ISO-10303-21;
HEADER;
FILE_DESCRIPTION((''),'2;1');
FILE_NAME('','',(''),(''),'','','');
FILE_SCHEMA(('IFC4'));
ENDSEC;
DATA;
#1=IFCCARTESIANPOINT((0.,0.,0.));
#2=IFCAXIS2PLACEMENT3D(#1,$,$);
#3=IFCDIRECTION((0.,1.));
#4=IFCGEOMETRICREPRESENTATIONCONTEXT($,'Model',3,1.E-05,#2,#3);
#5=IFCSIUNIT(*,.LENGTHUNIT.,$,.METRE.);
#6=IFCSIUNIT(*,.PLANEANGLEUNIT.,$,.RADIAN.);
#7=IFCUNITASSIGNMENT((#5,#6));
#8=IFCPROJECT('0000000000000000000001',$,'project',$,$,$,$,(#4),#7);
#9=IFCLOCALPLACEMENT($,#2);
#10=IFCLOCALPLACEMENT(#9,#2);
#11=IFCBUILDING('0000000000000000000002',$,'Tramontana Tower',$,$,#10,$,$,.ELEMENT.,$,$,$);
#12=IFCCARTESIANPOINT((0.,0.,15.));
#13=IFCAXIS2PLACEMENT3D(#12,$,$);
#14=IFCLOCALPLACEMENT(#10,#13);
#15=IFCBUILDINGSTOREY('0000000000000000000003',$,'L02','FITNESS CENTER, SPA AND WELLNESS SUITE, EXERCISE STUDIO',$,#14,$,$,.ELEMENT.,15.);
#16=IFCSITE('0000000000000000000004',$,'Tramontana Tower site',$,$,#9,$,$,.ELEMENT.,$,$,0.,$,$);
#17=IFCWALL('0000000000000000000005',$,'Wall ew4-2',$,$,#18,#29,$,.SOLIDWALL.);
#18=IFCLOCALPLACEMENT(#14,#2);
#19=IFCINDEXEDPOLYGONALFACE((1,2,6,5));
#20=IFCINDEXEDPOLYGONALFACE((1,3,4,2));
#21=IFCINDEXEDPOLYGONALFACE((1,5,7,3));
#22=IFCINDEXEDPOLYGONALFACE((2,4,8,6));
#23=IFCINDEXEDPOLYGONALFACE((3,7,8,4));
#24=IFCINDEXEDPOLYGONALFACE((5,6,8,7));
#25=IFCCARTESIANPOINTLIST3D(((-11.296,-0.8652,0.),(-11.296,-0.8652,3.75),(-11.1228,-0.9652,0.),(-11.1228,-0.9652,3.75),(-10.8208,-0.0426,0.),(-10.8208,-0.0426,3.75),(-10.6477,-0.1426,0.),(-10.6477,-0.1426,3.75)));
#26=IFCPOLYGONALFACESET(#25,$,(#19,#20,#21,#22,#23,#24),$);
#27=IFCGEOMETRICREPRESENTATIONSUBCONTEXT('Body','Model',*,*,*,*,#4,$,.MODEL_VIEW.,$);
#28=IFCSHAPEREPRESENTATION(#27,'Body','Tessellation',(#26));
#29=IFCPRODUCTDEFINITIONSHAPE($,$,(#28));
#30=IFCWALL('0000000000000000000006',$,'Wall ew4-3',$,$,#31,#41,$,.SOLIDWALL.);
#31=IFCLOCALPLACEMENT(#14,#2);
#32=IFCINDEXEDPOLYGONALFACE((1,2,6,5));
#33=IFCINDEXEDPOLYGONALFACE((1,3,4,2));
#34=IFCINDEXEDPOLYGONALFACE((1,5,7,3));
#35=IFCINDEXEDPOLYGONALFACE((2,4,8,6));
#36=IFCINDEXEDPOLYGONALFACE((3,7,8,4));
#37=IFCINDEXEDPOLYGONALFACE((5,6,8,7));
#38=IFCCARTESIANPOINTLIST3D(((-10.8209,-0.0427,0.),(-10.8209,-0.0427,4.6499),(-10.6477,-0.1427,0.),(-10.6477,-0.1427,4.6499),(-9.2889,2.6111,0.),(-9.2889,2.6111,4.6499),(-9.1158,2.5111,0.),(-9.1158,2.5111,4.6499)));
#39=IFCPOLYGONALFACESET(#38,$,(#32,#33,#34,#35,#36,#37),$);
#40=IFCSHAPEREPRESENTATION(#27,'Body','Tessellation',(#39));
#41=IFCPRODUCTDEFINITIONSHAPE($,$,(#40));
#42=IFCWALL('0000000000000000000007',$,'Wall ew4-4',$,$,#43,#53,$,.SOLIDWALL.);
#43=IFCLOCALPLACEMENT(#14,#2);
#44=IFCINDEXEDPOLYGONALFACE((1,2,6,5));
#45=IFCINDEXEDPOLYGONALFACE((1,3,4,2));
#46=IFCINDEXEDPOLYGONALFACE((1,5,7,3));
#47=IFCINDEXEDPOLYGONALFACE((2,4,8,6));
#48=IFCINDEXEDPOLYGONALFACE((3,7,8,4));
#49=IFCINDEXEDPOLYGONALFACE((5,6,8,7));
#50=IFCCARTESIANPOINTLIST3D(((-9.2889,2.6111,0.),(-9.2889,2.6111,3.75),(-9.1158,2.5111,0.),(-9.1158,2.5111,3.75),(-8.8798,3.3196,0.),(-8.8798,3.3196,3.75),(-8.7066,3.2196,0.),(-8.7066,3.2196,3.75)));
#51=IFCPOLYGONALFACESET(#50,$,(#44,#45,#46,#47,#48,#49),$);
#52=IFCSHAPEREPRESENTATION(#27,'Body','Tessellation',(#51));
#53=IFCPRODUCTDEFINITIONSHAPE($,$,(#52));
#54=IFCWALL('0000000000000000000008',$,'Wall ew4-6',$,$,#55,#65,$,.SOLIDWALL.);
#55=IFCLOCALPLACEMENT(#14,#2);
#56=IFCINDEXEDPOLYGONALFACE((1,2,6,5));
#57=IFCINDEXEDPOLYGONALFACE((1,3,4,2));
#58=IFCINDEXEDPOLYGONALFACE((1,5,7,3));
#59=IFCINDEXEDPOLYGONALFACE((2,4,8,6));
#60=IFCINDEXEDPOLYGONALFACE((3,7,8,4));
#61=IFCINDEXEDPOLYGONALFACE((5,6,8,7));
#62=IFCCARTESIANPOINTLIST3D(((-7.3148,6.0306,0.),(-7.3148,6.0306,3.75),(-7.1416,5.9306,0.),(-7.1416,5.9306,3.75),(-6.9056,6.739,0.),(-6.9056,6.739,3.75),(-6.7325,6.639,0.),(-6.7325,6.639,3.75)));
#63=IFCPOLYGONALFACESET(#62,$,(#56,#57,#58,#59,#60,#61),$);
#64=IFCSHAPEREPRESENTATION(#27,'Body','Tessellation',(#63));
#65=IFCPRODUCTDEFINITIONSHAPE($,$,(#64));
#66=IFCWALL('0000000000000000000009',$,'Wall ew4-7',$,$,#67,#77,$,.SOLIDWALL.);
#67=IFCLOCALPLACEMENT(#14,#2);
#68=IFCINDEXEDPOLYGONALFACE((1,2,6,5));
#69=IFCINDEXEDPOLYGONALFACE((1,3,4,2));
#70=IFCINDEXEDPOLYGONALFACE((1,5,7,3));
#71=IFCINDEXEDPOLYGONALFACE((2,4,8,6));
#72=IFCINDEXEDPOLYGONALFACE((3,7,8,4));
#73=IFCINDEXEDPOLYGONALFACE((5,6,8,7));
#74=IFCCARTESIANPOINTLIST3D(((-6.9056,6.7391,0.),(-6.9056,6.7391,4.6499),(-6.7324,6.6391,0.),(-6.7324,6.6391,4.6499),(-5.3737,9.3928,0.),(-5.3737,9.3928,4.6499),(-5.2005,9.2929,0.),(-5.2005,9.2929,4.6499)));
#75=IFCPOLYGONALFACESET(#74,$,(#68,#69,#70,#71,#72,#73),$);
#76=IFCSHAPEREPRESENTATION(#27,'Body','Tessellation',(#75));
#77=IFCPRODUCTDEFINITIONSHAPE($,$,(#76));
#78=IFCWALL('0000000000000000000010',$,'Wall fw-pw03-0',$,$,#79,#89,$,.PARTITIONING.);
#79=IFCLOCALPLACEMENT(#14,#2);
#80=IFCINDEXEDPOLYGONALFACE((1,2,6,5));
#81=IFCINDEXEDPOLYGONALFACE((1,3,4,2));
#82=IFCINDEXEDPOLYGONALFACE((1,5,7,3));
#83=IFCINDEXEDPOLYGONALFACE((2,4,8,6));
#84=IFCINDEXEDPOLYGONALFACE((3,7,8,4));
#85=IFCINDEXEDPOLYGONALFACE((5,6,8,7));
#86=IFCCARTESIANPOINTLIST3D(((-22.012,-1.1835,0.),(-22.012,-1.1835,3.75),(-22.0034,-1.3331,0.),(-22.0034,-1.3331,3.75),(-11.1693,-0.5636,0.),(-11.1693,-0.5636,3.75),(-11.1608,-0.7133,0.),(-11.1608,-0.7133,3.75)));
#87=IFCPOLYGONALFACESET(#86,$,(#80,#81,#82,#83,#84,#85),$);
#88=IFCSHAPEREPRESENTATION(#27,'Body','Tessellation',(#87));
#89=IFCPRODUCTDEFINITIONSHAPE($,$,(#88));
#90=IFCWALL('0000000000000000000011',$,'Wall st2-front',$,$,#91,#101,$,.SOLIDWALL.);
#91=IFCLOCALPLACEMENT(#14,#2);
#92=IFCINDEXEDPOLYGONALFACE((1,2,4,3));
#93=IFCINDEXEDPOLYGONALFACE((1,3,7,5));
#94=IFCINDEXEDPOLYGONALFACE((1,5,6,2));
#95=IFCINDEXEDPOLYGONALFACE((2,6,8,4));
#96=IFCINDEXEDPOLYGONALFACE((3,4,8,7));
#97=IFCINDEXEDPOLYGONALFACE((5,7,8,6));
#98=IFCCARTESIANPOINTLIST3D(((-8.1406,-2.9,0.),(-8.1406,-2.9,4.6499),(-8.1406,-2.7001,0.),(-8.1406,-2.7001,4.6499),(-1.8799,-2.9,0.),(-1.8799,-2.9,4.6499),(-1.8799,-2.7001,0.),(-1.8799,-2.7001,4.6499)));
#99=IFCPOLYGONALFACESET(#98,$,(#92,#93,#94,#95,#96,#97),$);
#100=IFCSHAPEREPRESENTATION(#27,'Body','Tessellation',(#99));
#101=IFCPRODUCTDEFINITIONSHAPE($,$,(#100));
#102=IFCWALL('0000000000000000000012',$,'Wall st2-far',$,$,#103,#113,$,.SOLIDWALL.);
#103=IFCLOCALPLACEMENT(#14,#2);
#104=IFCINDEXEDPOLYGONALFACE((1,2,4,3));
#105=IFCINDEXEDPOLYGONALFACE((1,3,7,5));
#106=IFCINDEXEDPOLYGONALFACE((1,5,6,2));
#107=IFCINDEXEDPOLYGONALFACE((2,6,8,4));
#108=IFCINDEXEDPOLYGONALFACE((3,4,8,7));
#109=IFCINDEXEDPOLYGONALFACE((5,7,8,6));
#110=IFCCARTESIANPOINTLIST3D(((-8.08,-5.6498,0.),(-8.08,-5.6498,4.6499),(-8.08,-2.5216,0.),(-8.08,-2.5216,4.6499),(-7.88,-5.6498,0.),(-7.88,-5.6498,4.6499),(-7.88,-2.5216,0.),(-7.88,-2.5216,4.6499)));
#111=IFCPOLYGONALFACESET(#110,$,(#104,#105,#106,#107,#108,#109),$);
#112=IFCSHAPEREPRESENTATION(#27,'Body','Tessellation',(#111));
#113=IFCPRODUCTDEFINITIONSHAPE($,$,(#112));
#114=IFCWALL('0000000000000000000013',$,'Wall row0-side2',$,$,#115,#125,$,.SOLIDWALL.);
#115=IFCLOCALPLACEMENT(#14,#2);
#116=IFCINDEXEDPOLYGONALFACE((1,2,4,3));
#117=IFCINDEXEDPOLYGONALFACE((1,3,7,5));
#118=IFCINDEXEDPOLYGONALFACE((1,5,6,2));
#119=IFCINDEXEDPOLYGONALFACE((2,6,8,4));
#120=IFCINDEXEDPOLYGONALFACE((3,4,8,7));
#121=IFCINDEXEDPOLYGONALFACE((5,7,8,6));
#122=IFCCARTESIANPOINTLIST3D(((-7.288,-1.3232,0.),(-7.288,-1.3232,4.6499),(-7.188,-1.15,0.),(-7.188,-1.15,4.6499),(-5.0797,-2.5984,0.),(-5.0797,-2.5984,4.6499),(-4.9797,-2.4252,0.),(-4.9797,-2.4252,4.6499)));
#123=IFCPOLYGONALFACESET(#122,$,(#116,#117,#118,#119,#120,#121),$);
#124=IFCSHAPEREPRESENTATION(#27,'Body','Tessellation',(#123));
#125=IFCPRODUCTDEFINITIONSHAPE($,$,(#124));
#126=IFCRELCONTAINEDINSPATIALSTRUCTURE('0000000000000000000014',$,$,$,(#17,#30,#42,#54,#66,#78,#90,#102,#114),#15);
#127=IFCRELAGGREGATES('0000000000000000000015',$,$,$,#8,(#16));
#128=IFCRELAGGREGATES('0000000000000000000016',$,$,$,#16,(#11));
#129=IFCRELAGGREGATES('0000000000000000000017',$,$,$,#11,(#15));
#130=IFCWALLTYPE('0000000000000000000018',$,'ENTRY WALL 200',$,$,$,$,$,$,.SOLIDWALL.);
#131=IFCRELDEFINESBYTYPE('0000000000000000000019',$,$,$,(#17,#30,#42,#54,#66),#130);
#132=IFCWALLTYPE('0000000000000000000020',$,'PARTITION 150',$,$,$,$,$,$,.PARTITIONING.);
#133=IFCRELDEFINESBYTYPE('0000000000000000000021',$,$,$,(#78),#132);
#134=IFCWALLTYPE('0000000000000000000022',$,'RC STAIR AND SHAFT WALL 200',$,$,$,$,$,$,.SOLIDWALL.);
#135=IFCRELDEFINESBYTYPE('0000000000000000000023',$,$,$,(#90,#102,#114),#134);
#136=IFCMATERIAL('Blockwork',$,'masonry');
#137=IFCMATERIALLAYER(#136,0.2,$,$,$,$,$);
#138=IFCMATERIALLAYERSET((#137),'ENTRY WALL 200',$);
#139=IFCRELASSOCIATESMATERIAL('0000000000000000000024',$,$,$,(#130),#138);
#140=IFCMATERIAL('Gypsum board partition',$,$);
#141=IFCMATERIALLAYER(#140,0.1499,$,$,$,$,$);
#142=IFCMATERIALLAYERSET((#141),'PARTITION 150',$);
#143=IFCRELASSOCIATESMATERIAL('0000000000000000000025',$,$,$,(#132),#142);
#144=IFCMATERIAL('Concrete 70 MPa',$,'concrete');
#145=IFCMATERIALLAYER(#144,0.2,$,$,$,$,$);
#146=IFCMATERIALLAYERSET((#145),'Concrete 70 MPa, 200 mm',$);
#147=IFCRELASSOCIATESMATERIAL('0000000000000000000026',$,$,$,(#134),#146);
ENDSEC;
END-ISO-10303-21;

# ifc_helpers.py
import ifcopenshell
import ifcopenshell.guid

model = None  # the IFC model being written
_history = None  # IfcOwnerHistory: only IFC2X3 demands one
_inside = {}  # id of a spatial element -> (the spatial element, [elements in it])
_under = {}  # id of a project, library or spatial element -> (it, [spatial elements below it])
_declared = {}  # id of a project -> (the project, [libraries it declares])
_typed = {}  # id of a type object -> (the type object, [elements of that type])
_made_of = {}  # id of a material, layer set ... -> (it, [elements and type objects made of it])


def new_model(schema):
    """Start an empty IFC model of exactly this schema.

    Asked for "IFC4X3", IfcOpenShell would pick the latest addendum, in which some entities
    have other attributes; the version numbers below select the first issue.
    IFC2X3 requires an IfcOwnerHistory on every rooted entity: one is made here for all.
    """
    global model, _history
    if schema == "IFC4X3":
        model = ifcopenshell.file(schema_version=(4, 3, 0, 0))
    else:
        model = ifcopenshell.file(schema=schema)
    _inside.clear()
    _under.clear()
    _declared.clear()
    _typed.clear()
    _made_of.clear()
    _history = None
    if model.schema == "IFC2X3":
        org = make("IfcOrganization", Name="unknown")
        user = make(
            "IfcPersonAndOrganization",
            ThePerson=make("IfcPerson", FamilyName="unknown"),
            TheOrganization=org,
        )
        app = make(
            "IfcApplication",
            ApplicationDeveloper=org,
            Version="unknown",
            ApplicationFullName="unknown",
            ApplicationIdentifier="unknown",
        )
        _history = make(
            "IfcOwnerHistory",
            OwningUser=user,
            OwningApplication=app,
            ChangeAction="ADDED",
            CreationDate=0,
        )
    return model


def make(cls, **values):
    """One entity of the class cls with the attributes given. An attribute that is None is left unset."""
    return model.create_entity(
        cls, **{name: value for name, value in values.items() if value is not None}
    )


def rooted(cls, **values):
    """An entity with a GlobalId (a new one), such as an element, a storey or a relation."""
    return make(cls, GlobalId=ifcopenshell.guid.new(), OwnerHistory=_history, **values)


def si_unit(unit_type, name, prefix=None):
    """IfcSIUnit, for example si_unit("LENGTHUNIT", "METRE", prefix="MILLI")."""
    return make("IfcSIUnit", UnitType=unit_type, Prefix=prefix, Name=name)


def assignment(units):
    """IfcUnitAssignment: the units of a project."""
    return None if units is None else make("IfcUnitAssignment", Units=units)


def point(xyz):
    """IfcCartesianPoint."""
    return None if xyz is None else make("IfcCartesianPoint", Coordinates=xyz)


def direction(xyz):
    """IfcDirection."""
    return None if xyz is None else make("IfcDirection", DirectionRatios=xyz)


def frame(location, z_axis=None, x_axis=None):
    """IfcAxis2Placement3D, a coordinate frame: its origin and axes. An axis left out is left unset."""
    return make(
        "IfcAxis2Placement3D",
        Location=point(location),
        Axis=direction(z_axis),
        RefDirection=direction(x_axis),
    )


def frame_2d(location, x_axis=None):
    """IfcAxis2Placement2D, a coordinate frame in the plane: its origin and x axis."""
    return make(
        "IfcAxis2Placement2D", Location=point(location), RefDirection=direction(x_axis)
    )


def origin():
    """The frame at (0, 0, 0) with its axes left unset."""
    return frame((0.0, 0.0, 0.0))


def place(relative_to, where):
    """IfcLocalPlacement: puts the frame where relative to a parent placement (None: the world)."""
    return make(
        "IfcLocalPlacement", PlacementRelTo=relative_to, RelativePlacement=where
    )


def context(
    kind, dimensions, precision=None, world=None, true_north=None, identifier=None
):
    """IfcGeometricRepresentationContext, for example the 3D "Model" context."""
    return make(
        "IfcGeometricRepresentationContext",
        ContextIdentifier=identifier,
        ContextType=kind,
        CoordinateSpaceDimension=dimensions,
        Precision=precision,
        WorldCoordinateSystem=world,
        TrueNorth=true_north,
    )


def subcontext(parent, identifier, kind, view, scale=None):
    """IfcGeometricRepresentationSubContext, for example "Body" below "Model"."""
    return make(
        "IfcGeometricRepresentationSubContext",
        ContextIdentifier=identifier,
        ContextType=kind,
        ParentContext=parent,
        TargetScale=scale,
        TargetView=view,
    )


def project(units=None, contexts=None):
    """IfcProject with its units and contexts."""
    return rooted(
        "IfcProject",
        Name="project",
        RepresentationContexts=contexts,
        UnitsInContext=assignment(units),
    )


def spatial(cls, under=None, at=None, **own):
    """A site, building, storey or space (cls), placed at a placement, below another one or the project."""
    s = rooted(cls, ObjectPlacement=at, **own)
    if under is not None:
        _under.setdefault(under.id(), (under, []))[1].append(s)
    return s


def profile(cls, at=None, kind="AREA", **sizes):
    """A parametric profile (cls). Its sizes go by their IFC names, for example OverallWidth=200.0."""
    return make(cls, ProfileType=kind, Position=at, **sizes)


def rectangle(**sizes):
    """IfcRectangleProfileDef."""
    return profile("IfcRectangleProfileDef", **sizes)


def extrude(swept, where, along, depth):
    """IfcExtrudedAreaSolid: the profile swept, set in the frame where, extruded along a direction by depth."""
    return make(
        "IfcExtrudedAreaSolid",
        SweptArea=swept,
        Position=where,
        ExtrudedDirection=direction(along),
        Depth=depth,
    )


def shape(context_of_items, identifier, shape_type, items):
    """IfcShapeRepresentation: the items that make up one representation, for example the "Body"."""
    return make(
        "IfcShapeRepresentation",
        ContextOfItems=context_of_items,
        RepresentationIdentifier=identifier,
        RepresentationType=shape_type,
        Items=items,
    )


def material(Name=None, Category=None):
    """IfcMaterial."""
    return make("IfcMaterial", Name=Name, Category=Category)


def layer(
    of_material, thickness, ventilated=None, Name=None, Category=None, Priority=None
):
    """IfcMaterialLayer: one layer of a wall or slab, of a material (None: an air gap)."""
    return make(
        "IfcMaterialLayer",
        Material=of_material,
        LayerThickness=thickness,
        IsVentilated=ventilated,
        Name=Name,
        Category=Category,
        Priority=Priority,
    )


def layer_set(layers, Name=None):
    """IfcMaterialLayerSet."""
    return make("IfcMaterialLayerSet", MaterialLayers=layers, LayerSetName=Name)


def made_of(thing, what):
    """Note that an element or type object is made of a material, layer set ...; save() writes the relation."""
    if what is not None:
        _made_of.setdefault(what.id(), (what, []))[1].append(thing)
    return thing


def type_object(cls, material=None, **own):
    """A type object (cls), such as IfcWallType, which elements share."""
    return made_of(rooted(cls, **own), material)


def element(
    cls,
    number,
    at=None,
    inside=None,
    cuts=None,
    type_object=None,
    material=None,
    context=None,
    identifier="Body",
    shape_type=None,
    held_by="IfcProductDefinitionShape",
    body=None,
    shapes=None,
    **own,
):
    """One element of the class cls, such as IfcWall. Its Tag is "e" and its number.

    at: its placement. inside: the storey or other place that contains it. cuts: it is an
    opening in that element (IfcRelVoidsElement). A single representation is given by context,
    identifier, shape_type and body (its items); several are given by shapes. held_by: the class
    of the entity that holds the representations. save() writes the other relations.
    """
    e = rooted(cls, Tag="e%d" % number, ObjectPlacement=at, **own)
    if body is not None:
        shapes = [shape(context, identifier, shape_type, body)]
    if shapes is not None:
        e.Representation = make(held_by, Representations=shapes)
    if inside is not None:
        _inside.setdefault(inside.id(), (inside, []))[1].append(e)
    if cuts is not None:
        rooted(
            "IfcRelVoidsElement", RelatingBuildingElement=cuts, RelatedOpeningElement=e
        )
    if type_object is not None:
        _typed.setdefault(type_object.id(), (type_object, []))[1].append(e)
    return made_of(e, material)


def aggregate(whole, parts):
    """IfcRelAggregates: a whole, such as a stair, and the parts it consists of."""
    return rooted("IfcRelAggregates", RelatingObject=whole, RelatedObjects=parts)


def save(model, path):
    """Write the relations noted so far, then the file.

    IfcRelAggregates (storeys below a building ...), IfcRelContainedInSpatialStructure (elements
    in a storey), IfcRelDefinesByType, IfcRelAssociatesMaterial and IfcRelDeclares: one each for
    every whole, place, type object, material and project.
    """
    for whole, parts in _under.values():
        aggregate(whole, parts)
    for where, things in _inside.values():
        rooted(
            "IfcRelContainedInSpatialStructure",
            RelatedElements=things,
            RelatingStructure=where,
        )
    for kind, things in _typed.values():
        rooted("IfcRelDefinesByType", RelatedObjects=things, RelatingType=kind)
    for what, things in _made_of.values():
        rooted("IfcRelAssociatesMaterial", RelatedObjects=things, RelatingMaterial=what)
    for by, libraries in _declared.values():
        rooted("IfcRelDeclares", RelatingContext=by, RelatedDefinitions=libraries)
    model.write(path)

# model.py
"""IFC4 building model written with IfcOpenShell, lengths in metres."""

from ifc_helpers import new_model, si_unit, direction, frame, frame_2d, origin, place, context, subcontext, project, spatial, rectangle, extrude, material, layer, layer_set, type_object, element, save


model = new_model("IFC4")

# Units and contexts
model_context = context("Model", 3, precision=1e-05, world=origin(), true_north=direction((0.0, 1.0)))
body_context = subcontext(model_context, "Body", "Model", "MODEL_VIEW")
ifc_project = project(units=[si_unit("LENGTHUNIT", "METRE"), si_unit("PLANEANGLEUNIT", "RADIAN")], contexts=[model_context])

# Site, building, storey
site_placement = place(None, origin())
site = spatial("IfcSite", under=ifc_project, at=site_placement, Name="Tramontana Tower site", CompositionType="ELEMENT", RefElevation=0.0)
building_placement = place(site_placement, origin())
building = spatial("IfcBuilding", under=site, at=building_placement, Name="Tramontana Tower", CompositionType="ELEMENT")
storey_placement = place(building_placement, frame((0.0, 0.0, 15.0)))
storey = spatial("IfcBuildingStorey", under=building, at=storey_placement, Name="L02", Description="FITNESS CENTER, SPA AND WELLNESS SUITE, EXERCISE STUDIO", CompositionType="ELEMENT", Elevation=15.0)

# Walls
ifc_material_1 = material(Name="Blockwork", Category="masonry")
ifc_layer_1 = layer(ifc_material_1, 0.2)
ifc_layer_set_1 = layer_set([ifc_layer_1], Name="ENTRY WALL 200")
wall_type_1 = type_object("IfcWallType", Name="ENTRY WALL 200", PredefinedType="SOLIDWALL", material=ifc_layer_set_1)
wall_1_placement = place(storey_placement, frame((-11.2095, -0.9153, 0.0), z_axis=(0.0, 0.0, 1.0), x_axis=(0.500175, 0.865924, 0.0)))
element("IfcWall", 1, at=wall_1_placement, inside=storey, type_object=wall_type_1, Name="Wall ew4-2", PredefinedType="SOLIDWALL", context=body_context, shape_type="SweptSolid", body=[
    extrude(rectangle(XDim=0.95, YDim=0.2, at=frame_2d((0.4751, 0.0))), origin(), (0.0, 0.0, 1.0), 3.75),
])
wall_2_placement = place(storey_placement, frame((-10.7344, -0.0928, 0.0), z_axis=(0.0, 0.0, 1.0), x_axis=(0.499952, 0.866053, 0.0)))
element("IfcWall", 2, at=wall_2_placement, inside=storey, type_object=wall_type_1, Name="Wall ew4-3", PredefinedType="SOLIDWALL", context=body_context, shape_type="SweptSolid", body=[
    extrude(rectangle(XDim=3.0642, YDim=0.2, at=frame_2d((1.5322, 0.0))), origin(), (0.0, 0.0, 1.0), 4.6499),
])
wall_3_placement = place(storey_placement, frame((-9.2024, 2.561, 0.0), z_axis=(0.0, 0.0, 1.0), x_axis=(0.500119, 0.865957, 0.0)))
element("IfcWall", 3, at=wall_3_placement, inside=storey, type_object=wall_type_1, Name="Wall ew4-4", PredefinedType="SOLIDWALL", context=body_context, shape_type="SweptSolid", body=[
    extrude(rectangle(XDim=0.8181, YDim=0.2, at=frame_2d((0.4092, 0.0))), origin(), (0.0, 0.0, 1.0), 3.75),
])

# Walls
wall_4_placement = place(storey_placement, frame((-7.2283, 5.9805, 0.0), z_axis=(0.0, 0.0, 1.0), x_axis=(0.500119, 0.865957, 0.0)))
element("IfcWall", 4, at=wall_4_placement, inside=storey, type_object=wall_type_1, Name="Wall ew4-6", PredefinedType="SOLIDWALL", context=body_context, shape_type="SweptSolid", body=[
    extrude(rectangle(XDim=0.8181, YDim=0.2, at=frame_2d((0.4092, 0.0))), origin(), (0.0, 0.0, 1.0), 3.75),
])
wall_5_placement = place(storey_placement, frame((-6.8191, 6.689, 0.0), z_axis=(0.0, 0.0, 1.0), x_axis=(0.499952, 0.866053, 0.0)))
element("IfcWall", 5, at=wall_5_placement, inside=storey, type_object=wall_type_1, Name="Wall ew4-7", PredefinedType="SOLIDWALL", context=body_context, shape_type="SweptSolid", body=[
    extrude(rectangle(XDim=3.0642, YDim=0.2, at=frame_2d((1.5322, 0.0))), origin(), (0.0, 0.0, 1.0), 4.6499),
])
ifc_material_2 = material(Name="Gypsum board partition")
ifc_layer_2 = layer(ifc_material_2, 0.1499)
ifc_layer_set_2 = layer_set([ifc_layer_2], Name="PARTITION 150")
wall_type_2 = type_object("IfcWallType", Name="PARTITION 150", PredefinedType="PARTITIONING", material=ifc_layer_set_2)
wall_6_placement = place(storey_placement, frame((-11.165, -0.6384, 0.0), z_axis=(0.0, 0.0, 1.0), x_axis=(-0.99837, -0.057077, 0.0)))
element("IfcWall", 6, at=wall_6_placement, inside=storey, type_object=wall_type_2, Name="Wall fw-pw03-0", PredefinedType="PARTITIONING", context=body_context, shape_type="SweptSolid", body=[
    extrude(rectangle(XDim=10.8604, YDim=0.1499, at=frame_2d((5.4302, 0.0))), origin(), (0.0, 0.0, 1.0), 3.75),
])
ifc_material_3 = material(Name="Concrete 70 MPa", Category="concrete")
ifc_layer_3 = layer(ifc_material_3, 0.2)
ifc_layer_set_3 = layer_set([ifc_layer_3], Name="Concrete 70 MPa, 200 mm")
wall_type_3 = type_object("IfcWallType", Name="RC STAIR AND SHAFT WALL 200", PredefinedType="SOLIDWALL", material=ifc_layer_set_3)
wall_7_placement = place(storey_placement, frame((-8.1406, -2.8, 0.0), z_axis=(0.0, 0.0, 1.0), x_axis=(1.0, 0.0, 0.0)))
element("IfcWall", 7, at=wall_7_placement, inside=storey, type_object=wall_type_3, Name="Wall st2-front", PredefinedType="SOLIDWALL", context=body_context, shape_type="SweptSolid", body=[
    extrude(rectangle(XDim=6.2607, YDim=0.2, at=frame_2d((3.1304, 0.0))), origin(), (0.0, 0.0, 1.0), 4.6499),
])
wall_8_placement = place(storey_placement, frame((-7.98, -2.5217, 0.0), z_axis=(0.0, 0.0, 1.0), x_axis=(0.0, -1.0, 0.0)))
element("IfcWall", 8, at=wall_8_placement, inside=storey, type_object=wall_type_3, Name="Wall st2-far", PredefinedType="SOLIDWALL", context=body_context, shape_type="SweptSolid", body=[
    extrude(rectangle(XDim=3.1282, YDim=0.2, at=frame_2d((1.564, 0.0))), origin(), (0.0, 0.0, 1.0), 4.6499),
])
wall_9_placement = place(storey_placement, frame((-5.0298, -2.5117, 0.0), z_axis=(0.0, 0.0, 1.0), x_axis=(-0.865989, 0.500062, 0.0)))
element("IfcWall", 9, at=wall_9_placement, inside=storey, type_object=wall_type_3, Name="Wall row0-side2", PredefinedType="SOLIDWALL", context=body_context, shape_type="SweptSolid", body=[
    extrude(rectangle(XDim=2.55, YDim=0.2, at=frame_2d((1.2749, 0.0))), origin(), (0.0, 0.0, 1.0), 4.6499),
])

save(model, "model.ifc")
